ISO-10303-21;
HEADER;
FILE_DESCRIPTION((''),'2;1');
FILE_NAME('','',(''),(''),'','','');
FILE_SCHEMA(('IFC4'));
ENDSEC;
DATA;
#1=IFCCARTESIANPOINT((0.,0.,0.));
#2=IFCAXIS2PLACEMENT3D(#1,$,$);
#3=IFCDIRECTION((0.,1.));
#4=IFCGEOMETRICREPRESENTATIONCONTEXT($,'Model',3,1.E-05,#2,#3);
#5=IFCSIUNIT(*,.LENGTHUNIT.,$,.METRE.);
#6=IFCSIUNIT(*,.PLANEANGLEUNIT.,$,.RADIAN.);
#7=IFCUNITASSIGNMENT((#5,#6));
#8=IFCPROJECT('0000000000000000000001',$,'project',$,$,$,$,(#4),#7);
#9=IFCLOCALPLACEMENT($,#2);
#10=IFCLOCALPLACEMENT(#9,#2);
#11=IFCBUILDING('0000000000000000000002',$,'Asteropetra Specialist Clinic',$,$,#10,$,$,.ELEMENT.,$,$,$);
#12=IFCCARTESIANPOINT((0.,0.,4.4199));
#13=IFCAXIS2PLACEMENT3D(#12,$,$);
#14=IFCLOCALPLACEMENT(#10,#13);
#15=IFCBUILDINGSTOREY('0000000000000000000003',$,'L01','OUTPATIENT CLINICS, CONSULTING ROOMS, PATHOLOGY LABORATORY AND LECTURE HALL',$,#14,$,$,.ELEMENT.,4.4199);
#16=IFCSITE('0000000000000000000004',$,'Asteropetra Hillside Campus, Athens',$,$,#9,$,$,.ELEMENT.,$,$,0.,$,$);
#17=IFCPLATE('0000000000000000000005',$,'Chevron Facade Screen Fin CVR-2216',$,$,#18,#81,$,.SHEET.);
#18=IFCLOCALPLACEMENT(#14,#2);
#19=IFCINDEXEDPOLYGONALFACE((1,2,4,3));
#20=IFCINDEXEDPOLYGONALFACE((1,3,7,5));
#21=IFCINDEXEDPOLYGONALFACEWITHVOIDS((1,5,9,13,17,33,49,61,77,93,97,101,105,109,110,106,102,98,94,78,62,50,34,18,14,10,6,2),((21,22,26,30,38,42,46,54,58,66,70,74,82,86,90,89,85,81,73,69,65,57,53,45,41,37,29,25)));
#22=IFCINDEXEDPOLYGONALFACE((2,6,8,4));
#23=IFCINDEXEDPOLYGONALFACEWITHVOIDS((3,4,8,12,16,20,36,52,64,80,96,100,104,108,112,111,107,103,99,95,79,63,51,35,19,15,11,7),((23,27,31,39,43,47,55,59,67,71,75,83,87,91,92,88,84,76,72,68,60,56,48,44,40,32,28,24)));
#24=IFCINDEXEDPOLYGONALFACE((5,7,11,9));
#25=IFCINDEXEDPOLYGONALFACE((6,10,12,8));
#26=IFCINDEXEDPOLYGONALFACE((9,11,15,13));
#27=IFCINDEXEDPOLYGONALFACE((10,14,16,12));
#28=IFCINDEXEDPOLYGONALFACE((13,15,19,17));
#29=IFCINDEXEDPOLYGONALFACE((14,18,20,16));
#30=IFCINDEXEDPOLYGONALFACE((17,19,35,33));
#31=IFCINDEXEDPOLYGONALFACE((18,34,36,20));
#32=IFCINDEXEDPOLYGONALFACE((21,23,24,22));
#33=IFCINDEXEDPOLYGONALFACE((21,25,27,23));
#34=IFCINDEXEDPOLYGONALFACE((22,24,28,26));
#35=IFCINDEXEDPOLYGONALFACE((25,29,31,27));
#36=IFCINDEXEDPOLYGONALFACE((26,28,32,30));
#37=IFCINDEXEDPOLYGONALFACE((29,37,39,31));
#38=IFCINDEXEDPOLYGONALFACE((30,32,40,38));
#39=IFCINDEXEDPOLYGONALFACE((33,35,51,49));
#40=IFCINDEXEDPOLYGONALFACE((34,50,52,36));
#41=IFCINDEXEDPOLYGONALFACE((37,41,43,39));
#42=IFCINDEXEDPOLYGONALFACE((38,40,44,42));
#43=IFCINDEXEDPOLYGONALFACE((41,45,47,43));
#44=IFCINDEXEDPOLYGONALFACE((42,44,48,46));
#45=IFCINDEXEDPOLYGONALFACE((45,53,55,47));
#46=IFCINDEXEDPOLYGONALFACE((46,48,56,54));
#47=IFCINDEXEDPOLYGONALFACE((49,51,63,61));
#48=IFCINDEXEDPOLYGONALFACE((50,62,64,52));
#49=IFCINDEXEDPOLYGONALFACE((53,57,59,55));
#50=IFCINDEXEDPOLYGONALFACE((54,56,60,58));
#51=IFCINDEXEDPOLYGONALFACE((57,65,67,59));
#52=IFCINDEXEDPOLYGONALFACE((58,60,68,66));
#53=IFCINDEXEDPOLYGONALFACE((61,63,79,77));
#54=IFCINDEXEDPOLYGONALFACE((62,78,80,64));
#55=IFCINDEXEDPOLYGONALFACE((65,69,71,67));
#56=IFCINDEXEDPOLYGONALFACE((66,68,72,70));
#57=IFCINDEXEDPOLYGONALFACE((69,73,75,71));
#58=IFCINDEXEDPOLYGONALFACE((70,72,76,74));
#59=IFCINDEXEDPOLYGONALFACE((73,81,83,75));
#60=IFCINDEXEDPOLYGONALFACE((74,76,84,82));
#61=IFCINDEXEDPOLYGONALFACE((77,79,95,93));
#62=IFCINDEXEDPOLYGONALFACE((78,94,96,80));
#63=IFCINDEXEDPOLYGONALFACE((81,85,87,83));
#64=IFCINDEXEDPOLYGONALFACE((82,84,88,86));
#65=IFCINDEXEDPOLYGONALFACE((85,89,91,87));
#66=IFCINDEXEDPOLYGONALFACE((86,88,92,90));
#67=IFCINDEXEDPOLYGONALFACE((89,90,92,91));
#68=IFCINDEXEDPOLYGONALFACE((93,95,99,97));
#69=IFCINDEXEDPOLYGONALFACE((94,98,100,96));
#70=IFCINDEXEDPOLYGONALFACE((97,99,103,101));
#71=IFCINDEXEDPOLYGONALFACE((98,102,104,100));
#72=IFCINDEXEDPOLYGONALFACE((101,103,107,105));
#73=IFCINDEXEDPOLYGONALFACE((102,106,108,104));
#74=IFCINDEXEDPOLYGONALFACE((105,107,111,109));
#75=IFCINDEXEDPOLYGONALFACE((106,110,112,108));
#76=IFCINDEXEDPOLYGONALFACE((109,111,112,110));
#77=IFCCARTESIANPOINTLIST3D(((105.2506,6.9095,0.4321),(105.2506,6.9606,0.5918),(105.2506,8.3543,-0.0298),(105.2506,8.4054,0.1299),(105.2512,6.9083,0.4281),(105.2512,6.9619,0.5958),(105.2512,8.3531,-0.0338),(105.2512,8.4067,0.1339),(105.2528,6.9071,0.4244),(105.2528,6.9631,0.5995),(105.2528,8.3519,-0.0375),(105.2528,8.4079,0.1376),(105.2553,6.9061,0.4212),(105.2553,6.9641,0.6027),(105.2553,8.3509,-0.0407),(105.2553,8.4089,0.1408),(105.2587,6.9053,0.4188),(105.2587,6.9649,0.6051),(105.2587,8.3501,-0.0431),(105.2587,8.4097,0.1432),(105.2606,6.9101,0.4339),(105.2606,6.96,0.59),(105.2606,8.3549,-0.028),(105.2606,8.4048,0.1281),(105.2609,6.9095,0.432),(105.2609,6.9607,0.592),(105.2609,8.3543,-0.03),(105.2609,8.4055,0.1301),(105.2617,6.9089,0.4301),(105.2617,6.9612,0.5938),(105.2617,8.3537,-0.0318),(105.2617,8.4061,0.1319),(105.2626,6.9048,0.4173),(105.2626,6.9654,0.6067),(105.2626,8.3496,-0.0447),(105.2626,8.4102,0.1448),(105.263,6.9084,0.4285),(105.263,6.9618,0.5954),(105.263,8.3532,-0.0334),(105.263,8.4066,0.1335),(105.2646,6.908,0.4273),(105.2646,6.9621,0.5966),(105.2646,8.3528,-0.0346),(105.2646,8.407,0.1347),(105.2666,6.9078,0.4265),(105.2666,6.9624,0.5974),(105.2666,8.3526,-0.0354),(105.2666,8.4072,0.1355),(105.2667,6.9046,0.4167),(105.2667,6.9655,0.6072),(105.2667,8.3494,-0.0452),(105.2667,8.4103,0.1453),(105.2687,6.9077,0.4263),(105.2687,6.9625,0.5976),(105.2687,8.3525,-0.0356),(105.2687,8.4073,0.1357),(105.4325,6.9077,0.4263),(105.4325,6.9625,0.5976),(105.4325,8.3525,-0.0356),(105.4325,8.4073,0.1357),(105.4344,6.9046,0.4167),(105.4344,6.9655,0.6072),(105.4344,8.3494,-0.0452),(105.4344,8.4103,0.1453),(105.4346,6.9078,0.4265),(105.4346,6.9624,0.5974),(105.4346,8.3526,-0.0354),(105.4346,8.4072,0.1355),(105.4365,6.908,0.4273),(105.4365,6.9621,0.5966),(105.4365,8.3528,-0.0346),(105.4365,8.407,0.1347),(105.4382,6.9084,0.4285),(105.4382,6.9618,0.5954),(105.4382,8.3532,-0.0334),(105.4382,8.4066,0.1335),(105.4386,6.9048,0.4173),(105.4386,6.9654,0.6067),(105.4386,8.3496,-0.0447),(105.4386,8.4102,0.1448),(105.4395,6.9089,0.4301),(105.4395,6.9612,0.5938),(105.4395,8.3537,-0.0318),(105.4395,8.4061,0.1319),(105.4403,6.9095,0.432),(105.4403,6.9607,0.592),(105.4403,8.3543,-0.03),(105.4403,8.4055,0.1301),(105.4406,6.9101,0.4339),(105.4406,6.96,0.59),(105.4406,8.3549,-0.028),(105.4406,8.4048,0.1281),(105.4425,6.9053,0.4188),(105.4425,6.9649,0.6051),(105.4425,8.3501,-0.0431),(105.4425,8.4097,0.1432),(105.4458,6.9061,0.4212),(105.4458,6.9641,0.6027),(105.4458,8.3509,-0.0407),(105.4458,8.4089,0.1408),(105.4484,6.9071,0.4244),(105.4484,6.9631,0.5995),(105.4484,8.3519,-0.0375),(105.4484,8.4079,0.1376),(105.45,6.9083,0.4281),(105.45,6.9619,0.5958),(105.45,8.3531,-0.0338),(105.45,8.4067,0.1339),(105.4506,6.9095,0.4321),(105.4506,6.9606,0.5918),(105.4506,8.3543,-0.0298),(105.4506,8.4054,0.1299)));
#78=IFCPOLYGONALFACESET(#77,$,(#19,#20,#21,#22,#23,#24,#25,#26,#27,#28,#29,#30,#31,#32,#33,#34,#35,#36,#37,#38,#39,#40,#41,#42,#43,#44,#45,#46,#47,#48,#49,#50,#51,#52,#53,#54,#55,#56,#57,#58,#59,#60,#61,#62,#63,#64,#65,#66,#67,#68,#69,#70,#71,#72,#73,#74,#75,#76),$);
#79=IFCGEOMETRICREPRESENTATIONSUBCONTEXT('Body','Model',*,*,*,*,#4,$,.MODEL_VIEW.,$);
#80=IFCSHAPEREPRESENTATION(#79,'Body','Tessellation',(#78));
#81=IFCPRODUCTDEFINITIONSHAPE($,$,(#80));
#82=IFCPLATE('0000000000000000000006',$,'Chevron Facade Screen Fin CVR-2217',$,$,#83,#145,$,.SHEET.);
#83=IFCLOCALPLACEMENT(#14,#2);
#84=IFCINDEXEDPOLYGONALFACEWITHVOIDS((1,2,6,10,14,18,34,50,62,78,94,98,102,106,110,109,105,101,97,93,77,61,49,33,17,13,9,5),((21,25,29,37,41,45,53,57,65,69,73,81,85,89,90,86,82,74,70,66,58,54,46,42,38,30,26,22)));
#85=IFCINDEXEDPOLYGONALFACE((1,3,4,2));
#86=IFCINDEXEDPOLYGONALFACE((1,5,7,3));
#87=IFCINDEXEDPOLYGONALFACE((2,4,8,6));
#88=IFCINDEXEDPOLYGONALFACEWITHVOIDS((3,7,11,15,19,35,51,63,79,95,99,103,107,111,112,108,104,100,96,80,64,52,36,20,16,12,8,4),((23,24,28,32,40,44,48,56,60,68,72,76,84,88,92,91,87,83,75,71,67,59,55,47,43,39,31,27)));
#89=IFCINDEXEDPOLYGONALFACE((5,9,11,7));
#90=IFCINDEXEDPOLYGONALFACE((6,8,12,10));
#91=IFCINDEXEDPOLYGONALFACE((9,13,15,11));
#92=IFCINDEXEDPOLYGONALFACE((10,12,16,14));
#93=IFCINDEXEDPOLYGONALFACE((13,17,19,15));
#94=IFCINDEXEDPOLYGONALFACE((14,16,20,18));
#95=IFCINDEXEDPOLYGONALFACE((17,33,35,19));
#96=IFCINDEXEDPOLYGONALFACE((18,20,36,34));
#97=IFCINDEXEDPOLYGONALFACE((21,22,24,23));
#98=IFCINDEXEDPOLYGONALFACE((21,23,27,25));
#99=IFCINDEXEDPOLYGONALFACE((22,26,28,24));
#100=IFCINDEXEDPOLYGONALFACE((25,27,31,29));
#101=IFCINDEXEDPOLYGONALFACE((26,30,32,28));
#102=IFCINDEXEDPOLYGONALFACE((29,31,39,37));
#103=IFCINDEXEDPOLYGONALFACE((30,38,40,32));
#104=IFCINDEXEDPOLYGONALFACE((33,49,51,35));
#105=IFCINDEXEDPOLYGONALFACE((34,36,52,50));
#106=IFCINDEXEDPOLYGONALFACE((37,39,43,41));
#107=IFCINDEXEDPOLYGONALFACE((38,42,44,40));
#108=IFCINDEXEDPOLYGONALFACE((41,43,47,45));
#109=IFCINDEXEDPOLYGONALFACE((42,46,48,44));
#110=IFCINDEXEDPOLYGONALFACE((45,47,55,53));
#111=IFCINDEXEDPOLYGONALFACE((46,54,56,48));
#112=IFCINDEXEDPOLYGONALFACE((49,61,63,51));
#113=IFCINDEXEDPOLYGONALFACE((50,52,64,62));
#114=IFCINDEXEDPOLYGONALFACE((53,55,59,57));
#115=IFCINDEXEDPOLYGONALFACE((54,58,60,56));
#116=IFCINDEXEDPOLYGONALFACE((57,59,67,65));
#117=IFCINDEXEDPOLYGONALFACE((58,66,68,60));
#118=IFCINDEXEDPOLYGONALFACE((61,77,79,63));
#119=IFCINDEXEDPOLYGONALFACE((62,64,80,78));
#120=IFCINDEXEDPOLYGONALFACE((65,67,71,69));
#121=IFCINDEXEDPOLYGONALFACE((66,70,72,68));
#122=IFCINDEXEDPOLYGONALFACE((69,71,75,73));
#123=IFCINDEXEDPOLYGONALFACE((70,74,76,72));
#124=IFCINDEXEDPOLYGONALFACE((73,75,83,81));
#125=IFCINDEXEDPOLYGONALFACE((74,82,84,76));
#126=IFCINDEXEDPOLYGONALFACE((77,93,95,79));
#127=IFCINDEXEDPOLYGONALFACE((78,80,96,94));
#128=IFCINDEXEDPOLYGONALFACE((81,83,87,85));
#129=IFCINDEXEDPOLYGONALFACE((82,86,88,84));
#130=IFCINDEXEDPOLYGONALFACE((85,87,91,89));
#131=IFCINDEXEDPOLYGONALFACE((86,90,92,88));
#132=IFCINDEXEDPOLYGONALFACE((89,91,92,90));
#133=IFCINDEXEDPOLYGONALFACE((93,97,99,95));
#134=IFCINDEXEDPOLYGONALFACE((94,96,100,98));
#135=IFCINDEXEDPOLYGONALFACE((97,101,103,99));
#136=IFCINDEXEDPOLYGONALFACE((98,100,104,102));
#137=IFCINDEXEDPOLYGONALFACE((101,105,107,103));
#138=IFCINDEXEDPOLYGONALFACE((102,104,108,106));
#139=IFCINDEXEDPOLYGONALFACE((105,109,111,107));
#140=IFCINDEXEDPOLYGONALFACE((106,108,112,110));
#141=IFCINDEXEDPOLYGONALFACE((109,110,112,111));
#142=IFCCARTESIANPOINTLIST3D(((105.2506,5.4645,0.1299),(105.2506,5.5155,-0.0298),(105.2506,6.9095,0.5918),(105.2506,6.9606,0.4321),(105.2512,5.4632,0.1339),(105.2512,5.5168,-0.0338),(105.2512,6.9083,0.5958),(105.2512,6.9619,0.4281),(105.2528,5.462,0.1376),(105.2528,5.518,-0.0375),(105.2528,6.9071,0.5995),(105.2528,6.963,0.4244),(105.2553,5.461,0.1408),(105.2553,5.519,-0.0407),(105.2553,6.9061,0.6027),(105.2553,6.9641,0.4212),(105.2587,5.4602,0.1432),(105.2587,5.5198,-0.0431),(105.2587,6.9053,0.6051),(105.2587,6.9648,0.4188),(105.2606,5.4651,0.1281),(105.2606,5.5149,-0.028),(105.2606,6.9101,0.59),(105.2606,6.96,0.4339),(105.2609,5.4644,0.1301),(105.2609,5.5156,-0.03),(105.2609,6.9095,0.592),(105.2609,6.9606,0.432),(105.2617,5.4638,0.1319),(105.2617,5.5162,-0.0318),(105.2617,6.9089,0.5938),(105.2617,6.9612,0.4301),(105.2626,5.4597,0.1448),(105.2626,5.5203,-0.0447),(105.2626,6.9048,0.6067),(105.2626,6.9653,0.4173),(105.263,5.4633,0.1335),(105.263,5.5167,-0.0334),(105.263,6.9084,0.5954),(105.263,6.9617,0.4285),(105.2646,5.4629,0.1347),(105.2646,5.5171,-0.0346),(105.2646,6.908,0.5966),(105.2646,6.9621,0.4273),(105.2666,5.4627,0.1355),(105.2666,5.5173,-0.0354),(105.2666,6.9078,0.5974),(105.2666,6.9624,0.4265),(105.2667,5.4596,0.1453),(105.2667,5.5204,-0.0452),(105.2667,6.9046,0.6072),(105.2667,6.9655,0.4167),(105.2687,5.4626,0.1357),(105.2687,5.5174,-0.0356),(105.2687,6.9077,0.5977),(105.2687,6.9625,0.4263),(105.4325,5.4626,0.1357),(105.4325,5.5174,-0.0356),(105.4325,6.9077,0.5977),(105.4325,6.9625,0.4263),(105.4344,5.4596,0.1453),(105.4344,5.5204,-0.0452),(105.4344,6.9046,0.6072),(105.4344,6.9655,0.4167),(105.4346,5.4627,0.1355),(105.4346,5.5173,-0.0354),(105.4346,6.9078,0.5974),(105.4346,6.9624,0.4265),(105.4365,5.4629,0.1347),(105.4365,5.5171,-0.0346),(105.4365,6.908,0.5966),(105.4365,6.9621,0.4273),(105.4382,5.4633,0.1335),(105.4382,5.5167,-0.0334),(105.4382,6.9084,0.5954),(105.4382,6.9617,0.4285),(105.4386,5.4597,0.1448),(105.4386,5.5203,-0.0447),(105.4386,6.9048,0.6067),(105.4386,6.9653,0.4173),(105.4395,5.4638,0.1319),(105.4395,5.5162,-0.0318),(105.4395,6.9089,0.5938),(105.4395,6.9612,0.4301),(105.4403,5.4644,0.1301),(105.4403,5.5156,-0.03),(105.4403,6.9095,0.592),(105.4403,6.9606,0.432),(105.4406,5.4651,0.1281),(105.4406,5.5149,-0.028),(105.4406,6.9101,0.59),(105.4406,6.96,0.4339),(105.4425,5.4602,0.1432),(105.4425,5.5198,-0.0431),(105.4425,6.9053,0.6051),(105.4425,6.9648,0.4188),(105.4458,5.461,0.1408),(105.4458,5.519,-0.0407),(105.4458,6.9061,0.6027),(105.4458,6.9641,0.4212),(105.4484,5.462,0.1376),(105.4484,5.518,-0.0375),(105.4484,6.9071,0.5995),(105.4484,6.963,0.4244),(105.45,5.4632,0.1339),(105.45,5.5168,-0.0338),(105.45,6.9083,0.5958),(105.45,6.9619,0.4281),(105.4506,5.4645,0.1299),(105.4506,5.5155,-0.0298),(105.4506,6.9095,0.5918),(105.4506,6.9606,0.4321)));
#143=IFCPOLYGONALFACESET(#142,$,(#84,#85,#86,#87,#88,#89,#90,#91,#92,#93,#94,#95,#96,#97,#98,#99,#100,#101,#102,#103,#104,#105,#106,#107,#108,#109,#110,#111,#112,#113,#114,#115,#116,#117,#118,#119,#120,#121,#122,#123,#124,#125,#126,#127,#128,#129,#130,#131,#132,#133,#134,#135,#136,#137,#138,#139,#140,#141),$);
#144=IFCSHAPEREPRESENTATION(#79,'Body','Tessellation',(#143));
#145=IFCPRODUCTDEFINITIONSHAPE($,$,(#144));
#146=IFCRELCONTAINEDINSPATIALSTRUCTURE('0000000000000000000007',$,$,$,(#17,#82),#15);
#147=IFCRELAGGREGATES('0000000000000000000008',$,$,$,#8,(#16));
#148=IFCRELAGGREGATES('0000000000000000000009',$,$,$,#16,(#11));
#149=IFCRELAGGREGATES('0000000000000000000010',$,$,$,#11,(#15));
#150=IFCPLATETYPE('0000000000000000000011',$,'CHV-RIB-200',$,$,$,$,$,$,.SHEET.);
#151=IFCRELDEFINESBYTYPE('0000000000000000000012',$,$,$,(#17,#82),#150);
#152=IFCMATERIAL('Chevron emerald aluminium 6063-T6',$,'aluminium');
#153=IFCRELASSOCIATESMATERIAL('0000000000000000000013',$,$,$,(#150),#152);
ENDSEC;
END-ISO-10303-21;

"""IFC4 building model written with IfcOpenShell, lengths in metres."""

from ifc_helpers import new_model, si_unit, direction, frame, origin, origin_2d, place, context, subcontext, project, spatial, hollow_rectangle, extrude, material, material_profile, profile_set, type_object, element, save


model = new_model("IFC4")

# Units and contexts
model_context = context("Model", 3, precision=1e-05, world=origin(), true_north=direction((0.0, 1.0)))
body_context = subcontext(model_context, "Body", "Model", "MODEL_VIEW")
ifc_project = project(units=[si_unit("LENGTHUNIT", "METRE"), si_unit("PLANEANGLEUNIT", "RADIAN")], contexts=[model_context])

# Site, building, storey
site_placement = place(None, origin())
site = spatial("IfcSite", under=ifc_project, at=site_placement, Name="Asteropetra Hillside Campus, Athens", CompositionType="ELEMENT", RefElevation=0.0)
building_placement = place(site_placement, origin())
building = spatial("IfcBuilding", under=site, at=building_placement, Name="Asteropetra Specialist Clinic", CompositionType="ELEMENT")
storey_placement = place(building_placement, frame((0.0, 0.0, 4.4199)))
storey = spatial("IfcBuildingStorey", under=building, at=storey_placement, Name="L01", Description="OUTPATIENT CLINICS, CONSULTING ROOMS, PATHOLOGY LABORATORY AND LECTURE HALL", CompositionType="ELEMENT", Elevation=4.4199)

# Plates
ifc_material_1 = material(Name="Chevron emerald aluminium 6063-T6", Category="aluminium")
ifc_material_profile = material_profile(ifc_material_1, hollow_rectangle(XDim=0.2, YDim=0.2, WallThickness=0.01, InnerFilletRadius=0.0081, OuterFilletRadius=0.0161, at=origin_2d()), Name="SHS 200x200x10.0")
ifc_profile_set = profile_set([ifc_material_profile], Name="Chevron emerald aluminium 6063-T6")
plate_type = type_object("IfcPlateType", Name="CHV-RIB-200", PredefinedType="SHEET", material=ifc_profile_set)
plate_1_placement = place(storey_placement, frame((105.3506, 8.3799, 0.05), z_axis=(0.0, -0.952506, 0.304519), x_axis=(1.0, 0.0, 0.0)))
element("IfcPlate", 1, at=plate_1_placement, inside=storey, type_object=plate_type, Name="Chevron Facade Screen Fin CVR-2216", PredefinedType="SHEET", context=body_context, shape_type="SweptSolid", body=[
    extrude(hollow_rectangle(XDim=0.2, YDim=0.2, WallThickness=0.01, InnerFilletRadius=0.0081, OuterFilletRadius=0.0161, at=origin_2d()), origin(), (0.0, 0.0, 1.0), 1.5168),
])
plate_2_placement = place(storey_placement, frame((105.3506, 6.9351, 0.512), z_axis=(0.0, -0.952521, -0.304472), x_axis=(1.0, 0.0, 0.0)))
element("IfcPlate", 2, at=plate_2_placement, inside=storey, type_object=plate_type, Name="Chevron Facade Screen Fin CVR-2217", PredefinedType="SHEET", context=body_context, shape_type="SweptSolid", body=[
    extrude(hollow_rectangle(XDim=0.2, YDim=0.2, WallThickness=0.01, InnerFilletRadius=0.0081, OuterFilletRadius=0.0161, at=origin_2d()), origin(), (0.0, 0.0, 1.0), 1.5171),
])

save(model, "model.ifc")
